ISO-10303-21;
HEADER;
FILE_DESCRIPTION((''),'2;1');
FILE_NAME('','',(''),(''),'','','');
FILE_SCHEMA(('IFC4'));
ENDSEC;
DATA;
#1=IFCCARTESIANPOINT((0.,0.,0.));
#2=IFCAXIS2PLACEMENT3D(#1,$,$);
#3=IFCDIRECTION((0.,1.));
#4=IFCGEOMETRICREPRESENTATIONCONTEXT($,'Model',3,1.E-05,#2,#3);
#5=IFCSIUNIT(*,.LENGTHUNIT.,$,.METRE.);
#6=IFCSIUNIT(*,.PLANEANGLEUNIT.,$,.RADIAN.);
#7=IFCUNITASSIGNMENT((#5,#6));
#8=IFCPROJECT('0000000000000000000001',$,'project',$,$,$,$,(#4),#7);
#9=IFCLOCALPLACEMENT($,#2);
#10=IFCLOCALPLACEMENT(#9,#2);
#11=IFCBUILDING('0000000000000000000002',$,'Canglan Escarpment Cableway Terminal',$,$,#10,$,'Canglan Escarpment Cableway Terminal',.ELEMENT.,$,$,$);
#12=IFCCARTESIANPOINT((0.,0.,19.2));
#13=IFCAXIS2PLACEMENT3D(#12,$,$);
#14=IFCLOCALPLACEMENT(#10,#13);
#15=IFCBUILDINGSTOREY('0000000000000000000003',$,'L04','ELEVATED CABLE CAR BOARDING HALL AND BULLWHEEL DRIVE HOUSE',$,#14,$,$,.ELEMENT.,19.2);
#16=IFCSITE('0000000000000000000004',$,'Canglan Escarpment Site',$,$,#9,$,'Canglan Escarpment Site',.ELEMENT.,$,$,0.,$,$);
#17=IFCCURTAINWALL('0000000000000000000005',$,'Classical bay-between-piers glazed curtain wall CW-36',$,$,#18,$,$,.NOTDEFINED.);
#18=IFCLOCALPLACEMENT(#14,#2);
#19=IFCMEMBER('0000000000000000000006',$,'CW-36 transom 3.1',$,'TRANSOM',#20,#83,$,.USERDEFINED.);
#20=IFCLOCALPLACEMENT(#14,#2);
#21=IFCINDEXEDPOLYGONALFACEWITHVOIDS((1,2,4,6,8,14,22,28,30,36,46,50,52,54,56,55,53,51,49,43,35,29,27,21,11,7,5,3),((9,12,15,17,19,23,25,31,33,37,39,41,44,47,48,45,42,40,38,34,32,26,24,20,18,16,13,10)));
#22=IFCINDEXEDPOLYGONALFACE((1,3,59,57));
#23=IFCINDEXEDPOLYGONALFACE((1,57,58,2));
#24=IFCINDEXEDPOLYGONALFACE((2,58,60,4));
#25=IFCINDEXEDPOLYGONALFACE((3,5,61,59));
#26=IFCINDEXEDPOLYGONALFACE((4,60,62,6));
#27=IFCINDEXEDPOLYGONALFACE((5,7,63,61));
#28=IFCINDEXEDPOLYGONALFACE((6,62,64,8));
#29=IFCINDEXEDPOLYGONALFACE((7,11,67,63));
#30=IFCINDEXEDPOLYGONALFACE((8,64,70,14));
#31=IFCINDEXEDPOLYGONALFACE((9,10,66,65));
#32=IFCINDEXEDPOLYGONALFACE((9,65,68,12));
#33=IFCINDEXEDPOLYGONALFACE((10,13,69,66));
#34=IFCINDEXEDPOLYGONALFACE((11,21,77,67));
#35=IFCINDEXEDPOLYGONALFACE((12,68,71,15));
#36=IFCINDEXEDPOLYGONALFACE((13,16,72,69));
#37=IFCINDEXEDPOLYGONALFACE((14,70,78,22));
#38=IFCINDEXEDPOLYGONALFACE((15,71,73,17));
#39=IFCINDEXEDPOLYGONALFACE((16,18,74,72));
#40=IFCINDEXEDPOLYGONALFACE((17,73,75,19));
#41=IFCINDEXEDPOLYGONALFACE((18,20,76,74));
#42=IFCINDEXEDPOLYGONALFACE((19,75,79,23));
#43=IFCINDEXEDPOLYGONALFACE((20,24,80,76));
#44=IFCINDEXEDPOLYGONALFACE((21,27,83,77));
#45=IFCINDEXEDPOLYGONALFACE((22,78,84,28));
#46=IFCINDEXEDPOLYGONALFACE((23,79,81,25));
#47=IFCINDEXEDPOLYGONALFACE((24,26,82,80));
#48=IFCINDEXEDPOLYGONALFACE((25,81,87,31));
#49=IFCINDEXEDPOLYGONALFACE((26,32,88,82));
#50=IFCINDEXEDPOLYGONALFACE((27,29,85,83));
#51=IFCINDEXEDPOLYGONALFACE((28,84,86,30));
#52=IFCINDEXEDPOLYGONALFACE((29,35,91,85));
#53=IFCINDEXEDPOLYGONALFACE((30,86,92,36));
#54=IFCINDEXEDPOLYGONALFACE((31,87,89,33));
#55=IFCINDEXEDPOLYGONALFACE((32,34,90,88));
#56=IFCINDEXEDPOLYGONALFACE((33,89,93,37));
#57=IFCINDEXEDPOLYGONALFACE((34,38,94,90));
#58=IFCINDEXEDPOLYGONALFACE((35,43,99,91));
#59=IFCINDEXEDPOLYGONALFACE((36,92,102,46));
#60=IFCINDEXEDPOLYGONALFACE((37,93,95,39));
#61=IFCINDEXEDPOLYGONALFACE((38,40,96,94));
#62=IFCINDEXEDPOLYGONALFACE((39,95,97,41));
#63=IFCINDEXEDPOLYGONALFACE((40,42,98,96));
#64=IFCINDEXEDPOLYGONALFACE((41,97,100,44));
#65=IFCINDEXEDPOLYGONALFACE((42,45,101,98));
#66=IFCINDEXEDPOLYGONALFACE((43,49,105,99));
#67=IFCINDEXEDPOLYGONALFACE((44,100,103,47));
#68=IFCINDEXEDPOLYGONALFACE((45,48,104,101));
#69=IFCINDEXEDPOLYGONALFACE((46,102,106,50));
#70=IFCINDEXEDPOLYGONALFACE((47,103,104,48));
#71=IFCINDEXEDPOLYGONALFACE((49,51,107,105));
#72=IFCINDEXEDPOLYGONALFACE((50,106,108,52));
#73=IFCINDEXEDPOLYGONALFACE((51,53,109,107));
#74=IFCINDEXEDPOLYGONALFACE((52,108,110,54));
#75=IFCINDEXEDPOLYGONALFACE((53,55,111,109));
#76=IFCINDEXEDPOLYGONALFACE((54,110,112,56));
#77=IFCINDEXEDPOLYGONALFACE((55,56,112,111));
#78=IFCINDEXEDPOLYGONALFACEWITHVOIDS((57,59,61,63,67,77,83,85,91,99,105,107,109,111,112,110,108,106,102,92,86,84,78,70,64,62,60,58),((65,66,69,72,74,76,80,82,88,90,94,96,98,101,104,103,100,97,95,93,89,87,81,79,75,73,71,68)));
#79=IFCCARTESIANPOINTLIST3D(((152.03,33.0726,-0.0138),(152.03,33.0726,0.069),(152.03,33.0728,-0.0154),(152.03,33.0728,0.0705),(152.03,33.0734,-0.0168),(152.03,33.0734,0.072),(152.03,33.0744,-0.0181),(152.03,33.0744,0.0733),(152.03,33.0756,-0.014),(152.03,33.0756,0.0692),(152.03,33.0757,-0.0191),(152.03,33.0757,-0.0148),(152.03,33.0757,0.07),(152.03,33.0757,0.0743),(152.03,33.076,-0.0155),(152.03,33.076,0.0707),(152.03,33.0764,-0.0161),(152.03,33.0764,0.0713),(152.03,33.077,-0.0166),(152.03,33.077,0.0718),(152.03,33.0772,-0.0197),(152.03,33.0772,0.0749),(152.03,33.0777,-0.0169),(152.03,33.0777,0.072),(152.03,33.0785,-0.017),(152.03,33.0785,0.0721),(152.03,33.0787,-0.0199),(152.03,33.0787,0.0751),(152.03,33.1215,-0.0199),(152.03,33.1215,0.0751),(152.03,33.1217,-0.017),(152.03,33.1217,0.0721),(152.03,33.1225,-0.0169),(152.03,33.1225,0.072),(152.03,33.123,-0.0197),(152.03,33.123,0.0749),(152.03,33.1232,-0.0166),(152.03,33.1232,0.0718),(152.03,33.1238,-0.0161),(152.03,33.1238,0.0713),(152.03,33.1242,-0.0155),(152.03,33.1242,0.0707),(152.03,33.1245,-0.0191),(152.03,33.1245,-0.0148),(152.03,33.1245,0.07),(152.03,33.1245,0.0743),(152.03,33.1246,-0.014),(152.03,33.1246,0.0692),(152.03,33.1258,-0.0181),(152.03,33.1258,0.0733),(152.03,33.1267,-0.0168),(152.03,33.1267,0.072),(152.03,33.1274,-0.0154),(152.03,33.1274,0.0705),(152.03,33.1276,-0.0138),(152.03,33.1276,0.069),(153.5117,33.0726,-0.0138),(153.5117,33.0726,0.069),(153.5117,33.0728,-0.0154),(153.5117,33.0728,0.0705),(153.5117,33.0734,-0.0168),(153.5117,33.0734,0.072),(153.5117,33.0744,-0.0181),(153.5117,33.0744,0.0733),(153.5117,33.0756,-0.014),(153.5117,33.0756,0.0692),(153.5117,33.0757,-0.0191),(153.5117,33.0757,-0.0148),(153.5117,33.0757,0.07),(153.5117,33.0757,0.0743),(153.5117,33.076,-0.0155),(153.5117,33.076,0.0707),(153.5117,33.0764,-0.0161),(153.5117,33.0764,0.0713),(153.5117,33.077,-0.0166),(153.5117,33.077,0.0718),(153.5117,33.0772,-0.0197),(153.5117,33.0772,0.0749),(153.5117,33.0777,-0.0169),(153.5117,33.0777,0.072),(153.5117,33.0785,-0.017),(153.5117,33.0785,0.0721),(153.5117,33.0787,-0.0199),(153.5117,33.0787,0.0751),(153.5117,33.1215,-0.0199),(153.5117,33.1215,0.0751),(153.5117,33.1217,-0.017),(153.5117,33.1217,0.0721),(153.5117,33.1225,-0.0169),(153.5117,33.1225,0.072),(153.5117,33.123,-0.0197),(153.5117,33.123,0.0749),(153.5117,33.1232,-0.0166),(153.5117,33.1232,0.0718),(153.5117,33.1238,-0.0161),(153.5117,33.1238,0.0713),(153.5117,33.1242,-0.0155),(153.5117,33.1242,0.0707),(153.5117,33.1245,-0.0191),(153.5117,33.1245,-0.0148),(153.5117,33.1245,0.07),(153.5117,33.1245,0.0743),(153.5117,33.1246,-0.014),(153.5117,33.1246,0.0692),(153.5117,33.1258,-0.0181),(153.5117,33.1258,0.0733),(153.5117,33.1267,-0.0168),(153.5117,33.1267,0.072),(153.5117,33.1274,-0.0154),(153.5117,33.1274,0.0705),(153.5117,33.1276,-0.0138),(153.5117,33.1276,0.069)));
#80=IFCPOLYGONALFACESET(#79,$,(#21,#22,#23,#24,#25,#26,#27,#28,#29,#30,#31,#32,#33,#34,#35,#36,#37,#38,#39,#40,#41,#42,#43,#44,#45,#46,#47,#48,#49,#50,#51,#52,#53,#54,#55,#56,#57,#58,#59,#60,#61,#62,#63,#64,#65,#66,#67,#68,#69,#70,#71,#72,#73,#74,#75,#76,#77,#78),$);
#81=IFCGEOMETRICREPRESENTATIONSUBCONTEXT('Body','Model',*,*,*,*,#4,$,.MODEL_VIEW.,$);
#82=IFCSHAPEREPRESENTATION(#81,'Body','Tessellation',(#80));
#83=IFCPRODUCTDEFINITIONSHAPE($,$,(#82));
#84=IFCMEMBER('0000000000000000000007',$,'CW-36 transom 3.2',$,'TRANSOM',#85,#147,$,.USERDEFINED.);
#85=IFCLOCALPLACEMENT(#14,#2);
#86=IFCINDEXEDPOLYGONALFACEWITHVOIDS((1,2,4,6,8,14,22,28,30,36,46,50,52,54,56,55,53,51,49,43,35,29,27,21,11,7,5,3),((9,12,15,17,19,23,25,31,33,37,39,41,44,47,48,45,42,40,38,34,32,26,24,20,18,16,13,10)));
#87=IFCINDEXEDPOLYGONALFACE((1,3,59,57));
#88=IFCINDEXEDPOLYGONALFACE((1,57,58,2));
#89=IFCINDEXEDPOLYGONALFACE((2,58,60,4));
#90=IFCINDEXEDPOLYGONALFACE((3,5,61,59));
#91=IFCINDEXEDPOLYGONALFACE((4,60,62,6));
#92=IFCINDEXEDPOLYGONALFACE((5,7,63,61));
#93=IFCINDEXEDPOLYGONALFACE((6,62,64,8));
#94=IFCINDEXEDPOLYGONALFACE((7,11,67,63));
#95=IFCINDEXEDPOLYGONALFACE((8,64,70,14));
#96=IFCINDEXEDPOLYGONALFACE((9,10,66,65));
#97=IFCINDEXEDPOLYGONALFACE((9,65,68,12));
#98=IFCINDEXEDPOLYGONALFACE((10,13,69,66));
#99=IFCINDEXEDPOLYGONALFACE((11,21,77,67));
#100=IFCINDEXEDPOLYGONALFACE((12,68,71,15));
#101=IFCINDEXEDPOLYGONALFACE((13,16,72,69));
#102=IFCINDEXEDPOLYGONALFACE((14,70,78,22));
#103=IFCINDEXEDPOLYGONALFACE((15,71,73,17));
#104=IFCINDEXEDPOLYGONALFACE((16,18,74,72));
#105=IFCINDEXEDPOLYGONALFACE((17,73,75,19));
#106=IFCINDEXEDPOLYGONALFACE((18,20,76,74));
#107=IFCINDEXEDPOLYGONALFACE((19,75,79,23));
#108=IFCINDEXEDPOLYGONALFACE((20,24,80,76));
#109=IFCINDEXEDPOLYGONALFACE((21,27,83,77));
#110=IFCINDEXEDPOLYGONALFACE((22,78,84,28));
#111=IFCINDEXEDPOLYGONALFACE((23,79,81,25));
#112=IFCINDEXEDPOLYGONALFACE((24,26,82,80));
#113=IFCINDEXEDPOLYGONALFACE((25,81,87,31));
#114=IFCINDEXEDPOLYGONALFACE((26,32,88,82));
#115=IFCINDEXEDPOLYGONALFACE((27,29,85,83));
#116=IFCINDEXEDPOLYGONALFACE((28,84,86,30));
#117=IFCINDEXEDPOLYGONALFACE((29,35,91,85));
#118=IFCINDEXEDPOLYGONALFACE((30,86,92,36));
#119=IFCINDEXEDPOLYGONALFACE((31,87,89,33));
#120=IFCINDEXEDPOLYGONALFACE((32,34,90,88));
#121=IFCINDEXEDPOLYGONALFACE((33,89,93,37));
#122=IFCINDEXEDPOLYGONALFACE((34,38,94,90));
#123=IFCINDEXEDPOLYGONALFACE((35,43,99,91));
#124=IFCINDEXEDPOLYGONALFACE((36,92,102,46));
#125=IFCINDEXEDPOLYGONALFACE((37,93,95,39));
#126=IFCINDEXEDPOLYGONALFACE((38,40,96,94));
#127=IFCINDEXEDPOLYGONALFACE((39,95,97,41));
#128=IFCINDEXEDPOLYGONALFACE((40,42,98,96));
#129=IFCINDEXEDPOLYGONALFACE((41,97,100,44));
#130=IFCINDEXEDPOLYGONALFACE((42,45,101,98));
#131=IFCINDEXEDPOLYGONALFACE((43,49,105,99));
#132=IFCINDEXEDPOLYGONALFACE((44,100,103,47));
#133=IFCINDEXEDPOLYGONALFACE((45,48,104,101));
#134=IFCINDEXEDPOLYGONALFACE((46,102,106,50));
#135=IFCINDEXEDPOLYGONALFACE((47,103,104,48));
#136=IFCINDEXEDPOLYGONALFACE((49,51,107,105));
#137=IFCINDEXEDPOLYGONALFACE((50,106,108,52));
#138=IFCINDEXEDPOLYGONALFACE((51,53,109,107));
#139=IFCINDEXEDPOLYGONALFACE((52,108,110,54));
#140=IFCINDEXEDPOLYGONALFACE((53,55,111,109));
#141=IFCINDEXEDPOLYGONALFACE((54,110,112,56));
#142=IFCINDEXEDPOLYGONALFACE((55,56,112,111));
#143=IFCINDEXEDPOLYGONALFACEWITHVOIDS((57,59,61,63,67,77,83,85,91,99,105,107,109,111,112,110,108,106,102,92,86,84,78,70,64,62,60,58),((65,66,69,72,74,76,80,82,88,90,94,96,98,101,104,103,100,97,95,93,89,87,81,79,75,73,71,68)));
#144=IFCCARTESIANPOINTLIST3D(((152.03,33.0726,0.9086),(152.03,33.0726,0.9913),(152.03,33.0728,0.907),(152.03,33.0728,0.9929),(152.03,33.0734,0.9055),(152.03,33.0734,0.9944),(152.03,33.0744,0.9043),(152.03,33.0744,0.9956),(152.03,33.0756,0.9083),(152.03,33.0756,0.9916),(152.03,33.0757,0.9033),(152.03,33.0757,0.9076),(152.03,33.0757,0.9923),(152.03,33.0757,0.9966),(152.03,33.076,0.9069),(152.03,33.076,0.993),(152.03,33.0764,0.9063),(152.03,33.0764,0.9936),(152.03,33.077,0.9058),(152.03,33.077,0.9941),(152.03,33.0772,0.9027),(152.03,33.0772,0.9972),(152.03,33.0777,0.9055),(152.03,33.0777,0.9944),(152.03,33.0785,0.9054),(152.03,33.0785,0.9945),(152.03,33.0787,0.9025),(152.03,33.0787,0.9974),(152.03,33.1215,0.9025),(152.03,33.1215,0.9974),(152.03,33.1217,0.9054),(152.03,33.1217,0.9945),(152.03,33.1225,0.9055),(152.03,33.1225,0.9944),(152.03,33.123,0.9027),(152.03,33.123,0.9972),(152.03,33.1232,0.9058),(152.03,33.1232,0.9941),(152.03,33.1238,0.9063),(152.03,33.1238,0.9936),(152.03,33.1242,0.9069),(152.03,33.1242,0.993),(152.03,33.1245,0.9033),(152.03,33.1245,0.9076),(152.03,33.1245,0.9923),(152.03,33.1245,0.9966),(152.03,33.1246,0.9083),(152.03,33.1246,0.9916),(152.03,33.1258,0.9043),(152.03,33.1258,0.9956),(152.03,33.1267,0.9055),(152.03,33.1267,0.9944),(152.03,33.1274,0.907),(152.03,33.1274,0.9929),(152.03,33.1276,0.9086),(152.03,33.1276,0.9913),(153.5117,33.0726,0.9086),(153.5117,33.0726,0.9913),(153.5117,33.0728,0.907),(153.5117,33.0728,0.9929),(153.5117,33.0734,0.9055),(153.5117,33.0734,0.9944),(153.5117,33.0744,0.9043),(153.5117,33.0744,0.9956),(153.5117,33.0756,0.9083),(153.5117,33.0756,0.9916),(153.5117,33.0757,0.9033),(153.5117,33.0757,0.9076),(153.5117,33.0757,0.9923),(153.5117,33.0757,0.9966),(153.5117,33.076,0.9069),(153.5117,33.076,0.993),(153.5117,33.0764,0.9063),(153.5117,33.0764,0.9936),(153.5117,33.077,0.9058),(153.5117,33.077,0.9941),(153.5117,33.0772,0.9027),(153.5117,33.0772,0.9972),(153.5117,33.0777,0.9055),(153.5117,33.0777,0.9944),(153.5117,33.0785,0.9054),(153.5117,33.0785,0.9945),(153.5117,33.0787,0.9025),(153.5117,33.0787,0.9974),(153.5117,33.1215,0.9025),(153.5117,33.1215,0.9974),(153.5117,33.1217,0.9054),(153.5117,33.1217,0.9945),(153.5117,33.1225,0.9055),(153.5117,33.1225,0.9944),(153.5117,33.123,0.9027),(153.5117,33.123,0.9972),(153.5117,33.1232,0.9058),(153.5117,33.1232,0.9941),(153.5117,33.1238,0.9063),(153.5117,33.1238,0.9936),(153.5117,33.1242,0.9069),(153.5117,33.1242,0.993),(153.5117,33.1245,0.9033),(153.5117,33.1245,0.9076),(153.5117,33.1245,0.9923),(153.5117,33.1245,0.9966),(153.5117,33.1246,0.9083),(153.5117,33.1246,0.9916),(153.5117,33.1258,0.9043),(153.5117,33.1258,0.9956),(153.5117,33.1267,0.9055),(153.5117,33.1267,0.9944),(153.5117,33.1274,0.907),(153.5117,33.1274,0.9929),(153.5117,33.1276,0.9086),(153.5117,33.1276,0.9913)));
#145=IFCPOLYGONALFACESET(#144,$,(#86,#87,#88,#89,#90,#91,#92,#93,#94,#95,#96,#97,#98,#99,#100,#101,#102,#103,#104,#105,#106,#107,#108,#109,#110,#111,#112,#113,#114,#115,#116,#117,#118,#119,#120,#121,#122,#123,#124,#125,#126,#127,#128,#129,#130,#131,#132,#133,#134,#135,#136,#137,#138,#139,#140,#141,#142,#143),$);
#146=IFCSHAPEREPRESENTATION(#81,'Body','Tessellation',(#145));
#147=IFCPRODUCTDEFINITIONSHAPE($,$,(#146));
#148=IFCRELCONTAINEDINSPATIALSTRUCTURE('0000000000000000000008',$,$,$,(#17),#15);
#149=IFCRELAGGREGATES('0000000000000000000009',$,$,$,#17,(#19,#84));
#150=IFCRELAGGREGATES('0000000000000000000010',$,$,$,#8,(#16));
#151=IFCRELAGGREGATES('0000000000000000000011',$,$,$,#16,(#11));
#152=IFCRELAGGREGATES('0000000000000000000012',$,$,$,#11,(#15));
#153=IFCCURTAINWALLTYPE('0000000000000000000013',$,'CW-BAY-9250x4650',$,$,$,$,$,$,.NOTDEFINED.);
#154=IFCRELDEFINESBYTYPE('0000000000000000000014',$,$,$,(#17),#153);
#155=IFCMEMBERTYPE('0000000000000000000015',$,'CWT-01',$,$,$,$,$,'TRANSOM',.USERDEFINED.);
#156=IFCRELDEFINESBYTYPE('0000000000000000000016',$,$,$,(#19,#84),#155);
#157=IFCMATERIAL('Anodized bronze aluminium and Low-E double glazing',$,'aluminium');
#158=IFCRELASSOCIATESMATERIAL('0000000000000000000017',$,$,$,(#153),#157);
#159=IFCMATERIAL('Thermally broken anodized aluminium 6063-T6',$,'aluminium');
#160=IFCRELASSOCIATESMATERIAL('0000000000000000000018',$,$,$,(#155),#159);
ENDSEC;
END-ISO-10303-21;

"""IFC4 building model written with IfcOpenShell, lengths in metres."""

from ifc_helpers import new_model, si_unit, direction, frame, origin, origin_2d, place, context, subcontext, project, spatial, hollow_rectangle, extrude, material, material_profile, profile_set, type_object, element, aggregate, save


model = new_model("IFC4")

# Units and contexts
model_context = context("Model", 3, precision=1e-05, world=origin(), true_north=direction((0.0, 1.0)))
body_context = subcontext(model_context, "Body", "Model", "MODEL_VIEW")
ifc_project = project(units=[si_unit("LENGTHUNIT", "METRE"), si_unit("PLANEANGLEUNIT", "RADIAN")], contexts=[model_context])

# Site, building, storey
site_placement = place(None, origin())
site = spatial("IfcSite", under=ifc_project, at=site_placement, Name="Canglan Escarpment Site", LongName="Canglan Escarpment Site", CompositionType="ELEMENT", RefElevation=0.0)
building_placement = place(site_placement, origin())
building = spatial("IfcBuilding", under=site, at=building_placement, Name="Canglan Escarpment Cableway Terminal", LongName="Canglan Escarpment Cableway Terminal", CompositionType="ELEMENT")
storey_placement = place(building_placement, frame((0.0, 0.0, 19.2)))
storey = spatial("IfcBuildingStorey", under=building, at=storey_placement, Name="L04", Description="ELEVATED CABLE CAR BOARDING HALL AND BULLWHEEL DRIVE HOUSE", CompositionType="ELEMENT", Elevation=19.2)

# Curtain wall, members
ifc_material_1 = material(Name="Anodized bronze aluminium and Low-E double glazing", Category="aluminium")
curtain_wall_type = type_object("IfcCurtainWallType", Name="CW-BAY-9250x4650", PredefinedType="NOTDEFINED", material=ifc_material_1)
curtain_wall_placement = place(storey_placement, origin())
curtain_wall = element("IfcCurtainWall", 1, at=curtain_wall_placement, inside=storey, type_object=curtain_wall_type, Name="Classical bay-between-piers glazed curtain wall CW-36", PredefinedType="NOTDEFINED")
ifc_material_2 = material(Name="Thermally broken anodized aluminium 6063-T6", Category="aluminium")
ifc_material_profile_1 = material_profile(ifc_material_2, hollow_rectangle(XDim=0.0549, YDim=0.095, WallThickness=0.0029, InnerFilletRadius=0.0029, OuterFilletRadius=0.0061, at=origin_2d()), Name="ALU-TRAN 55x95x3")
ifc_profile_set_1 = profile_set([ifc_material_profile_1], Name="Thermally broken anodized aluminium 6063-T6")
member_type_1 = type_object("IfcMemberType", Name="CWT-01", ElementType="TRANSOM", PredefinedType="USERDEFINED", material=ifc_profile_set_1)
member_1_placement = place(storey_placement, frame((153.5117, 33.1001, 0.0276), z_axis=(-1.0, 0.0, 0.0), x_axis=(0.0, -1.0, 0.0)))
member_1 = element("IfcMember", 2, at=member_1_placement, type_object=member_type_1, Name="CW-36 transom 3.1", ObjectType="TRANSOM", PredefinedType="USERDEFINED", context=body_context, shape_type="SweptSolid", body=[
    extrude(hollow_rectangle(XDim=0.0549, YDim=0.095, WallThickness=0.0029, InnerFilletRadius=0.0029, OuterFilletRadius=0.0061, at=origin_2d()), origin(), (0.0, 0.0, 1.0), 1.4817),
])
member_2_placement = place(storey_placement, frame((153.5117, 33.1001, 0.95), z_axis=(-1.0, 0.0, 0.0), x_axis=(0.0, -1.0, 0.0)))
member_2 = element("IfcMember", 3, at=member_2_placement, type_object=member_type_1, Name="CW-36 transom 3.2", ObjectType="TRANSOM", PredefinedType="USERDEFINED", context=body_context, shape_type="SweptSolid", body=[
    extrude(hollow_rectangle(XDim=0.0549, YDim=0.095, WallThickness=0.0029, InnerFilletRadius=0.0029, OuterFilletRadius=0.0061, at=origin_2d()), origin(), (0.0, 0.0, 1.0), 1.4817),
])

aggregate(curtain_wall, [member_1, member_2])

save(model, "model.ifc")
